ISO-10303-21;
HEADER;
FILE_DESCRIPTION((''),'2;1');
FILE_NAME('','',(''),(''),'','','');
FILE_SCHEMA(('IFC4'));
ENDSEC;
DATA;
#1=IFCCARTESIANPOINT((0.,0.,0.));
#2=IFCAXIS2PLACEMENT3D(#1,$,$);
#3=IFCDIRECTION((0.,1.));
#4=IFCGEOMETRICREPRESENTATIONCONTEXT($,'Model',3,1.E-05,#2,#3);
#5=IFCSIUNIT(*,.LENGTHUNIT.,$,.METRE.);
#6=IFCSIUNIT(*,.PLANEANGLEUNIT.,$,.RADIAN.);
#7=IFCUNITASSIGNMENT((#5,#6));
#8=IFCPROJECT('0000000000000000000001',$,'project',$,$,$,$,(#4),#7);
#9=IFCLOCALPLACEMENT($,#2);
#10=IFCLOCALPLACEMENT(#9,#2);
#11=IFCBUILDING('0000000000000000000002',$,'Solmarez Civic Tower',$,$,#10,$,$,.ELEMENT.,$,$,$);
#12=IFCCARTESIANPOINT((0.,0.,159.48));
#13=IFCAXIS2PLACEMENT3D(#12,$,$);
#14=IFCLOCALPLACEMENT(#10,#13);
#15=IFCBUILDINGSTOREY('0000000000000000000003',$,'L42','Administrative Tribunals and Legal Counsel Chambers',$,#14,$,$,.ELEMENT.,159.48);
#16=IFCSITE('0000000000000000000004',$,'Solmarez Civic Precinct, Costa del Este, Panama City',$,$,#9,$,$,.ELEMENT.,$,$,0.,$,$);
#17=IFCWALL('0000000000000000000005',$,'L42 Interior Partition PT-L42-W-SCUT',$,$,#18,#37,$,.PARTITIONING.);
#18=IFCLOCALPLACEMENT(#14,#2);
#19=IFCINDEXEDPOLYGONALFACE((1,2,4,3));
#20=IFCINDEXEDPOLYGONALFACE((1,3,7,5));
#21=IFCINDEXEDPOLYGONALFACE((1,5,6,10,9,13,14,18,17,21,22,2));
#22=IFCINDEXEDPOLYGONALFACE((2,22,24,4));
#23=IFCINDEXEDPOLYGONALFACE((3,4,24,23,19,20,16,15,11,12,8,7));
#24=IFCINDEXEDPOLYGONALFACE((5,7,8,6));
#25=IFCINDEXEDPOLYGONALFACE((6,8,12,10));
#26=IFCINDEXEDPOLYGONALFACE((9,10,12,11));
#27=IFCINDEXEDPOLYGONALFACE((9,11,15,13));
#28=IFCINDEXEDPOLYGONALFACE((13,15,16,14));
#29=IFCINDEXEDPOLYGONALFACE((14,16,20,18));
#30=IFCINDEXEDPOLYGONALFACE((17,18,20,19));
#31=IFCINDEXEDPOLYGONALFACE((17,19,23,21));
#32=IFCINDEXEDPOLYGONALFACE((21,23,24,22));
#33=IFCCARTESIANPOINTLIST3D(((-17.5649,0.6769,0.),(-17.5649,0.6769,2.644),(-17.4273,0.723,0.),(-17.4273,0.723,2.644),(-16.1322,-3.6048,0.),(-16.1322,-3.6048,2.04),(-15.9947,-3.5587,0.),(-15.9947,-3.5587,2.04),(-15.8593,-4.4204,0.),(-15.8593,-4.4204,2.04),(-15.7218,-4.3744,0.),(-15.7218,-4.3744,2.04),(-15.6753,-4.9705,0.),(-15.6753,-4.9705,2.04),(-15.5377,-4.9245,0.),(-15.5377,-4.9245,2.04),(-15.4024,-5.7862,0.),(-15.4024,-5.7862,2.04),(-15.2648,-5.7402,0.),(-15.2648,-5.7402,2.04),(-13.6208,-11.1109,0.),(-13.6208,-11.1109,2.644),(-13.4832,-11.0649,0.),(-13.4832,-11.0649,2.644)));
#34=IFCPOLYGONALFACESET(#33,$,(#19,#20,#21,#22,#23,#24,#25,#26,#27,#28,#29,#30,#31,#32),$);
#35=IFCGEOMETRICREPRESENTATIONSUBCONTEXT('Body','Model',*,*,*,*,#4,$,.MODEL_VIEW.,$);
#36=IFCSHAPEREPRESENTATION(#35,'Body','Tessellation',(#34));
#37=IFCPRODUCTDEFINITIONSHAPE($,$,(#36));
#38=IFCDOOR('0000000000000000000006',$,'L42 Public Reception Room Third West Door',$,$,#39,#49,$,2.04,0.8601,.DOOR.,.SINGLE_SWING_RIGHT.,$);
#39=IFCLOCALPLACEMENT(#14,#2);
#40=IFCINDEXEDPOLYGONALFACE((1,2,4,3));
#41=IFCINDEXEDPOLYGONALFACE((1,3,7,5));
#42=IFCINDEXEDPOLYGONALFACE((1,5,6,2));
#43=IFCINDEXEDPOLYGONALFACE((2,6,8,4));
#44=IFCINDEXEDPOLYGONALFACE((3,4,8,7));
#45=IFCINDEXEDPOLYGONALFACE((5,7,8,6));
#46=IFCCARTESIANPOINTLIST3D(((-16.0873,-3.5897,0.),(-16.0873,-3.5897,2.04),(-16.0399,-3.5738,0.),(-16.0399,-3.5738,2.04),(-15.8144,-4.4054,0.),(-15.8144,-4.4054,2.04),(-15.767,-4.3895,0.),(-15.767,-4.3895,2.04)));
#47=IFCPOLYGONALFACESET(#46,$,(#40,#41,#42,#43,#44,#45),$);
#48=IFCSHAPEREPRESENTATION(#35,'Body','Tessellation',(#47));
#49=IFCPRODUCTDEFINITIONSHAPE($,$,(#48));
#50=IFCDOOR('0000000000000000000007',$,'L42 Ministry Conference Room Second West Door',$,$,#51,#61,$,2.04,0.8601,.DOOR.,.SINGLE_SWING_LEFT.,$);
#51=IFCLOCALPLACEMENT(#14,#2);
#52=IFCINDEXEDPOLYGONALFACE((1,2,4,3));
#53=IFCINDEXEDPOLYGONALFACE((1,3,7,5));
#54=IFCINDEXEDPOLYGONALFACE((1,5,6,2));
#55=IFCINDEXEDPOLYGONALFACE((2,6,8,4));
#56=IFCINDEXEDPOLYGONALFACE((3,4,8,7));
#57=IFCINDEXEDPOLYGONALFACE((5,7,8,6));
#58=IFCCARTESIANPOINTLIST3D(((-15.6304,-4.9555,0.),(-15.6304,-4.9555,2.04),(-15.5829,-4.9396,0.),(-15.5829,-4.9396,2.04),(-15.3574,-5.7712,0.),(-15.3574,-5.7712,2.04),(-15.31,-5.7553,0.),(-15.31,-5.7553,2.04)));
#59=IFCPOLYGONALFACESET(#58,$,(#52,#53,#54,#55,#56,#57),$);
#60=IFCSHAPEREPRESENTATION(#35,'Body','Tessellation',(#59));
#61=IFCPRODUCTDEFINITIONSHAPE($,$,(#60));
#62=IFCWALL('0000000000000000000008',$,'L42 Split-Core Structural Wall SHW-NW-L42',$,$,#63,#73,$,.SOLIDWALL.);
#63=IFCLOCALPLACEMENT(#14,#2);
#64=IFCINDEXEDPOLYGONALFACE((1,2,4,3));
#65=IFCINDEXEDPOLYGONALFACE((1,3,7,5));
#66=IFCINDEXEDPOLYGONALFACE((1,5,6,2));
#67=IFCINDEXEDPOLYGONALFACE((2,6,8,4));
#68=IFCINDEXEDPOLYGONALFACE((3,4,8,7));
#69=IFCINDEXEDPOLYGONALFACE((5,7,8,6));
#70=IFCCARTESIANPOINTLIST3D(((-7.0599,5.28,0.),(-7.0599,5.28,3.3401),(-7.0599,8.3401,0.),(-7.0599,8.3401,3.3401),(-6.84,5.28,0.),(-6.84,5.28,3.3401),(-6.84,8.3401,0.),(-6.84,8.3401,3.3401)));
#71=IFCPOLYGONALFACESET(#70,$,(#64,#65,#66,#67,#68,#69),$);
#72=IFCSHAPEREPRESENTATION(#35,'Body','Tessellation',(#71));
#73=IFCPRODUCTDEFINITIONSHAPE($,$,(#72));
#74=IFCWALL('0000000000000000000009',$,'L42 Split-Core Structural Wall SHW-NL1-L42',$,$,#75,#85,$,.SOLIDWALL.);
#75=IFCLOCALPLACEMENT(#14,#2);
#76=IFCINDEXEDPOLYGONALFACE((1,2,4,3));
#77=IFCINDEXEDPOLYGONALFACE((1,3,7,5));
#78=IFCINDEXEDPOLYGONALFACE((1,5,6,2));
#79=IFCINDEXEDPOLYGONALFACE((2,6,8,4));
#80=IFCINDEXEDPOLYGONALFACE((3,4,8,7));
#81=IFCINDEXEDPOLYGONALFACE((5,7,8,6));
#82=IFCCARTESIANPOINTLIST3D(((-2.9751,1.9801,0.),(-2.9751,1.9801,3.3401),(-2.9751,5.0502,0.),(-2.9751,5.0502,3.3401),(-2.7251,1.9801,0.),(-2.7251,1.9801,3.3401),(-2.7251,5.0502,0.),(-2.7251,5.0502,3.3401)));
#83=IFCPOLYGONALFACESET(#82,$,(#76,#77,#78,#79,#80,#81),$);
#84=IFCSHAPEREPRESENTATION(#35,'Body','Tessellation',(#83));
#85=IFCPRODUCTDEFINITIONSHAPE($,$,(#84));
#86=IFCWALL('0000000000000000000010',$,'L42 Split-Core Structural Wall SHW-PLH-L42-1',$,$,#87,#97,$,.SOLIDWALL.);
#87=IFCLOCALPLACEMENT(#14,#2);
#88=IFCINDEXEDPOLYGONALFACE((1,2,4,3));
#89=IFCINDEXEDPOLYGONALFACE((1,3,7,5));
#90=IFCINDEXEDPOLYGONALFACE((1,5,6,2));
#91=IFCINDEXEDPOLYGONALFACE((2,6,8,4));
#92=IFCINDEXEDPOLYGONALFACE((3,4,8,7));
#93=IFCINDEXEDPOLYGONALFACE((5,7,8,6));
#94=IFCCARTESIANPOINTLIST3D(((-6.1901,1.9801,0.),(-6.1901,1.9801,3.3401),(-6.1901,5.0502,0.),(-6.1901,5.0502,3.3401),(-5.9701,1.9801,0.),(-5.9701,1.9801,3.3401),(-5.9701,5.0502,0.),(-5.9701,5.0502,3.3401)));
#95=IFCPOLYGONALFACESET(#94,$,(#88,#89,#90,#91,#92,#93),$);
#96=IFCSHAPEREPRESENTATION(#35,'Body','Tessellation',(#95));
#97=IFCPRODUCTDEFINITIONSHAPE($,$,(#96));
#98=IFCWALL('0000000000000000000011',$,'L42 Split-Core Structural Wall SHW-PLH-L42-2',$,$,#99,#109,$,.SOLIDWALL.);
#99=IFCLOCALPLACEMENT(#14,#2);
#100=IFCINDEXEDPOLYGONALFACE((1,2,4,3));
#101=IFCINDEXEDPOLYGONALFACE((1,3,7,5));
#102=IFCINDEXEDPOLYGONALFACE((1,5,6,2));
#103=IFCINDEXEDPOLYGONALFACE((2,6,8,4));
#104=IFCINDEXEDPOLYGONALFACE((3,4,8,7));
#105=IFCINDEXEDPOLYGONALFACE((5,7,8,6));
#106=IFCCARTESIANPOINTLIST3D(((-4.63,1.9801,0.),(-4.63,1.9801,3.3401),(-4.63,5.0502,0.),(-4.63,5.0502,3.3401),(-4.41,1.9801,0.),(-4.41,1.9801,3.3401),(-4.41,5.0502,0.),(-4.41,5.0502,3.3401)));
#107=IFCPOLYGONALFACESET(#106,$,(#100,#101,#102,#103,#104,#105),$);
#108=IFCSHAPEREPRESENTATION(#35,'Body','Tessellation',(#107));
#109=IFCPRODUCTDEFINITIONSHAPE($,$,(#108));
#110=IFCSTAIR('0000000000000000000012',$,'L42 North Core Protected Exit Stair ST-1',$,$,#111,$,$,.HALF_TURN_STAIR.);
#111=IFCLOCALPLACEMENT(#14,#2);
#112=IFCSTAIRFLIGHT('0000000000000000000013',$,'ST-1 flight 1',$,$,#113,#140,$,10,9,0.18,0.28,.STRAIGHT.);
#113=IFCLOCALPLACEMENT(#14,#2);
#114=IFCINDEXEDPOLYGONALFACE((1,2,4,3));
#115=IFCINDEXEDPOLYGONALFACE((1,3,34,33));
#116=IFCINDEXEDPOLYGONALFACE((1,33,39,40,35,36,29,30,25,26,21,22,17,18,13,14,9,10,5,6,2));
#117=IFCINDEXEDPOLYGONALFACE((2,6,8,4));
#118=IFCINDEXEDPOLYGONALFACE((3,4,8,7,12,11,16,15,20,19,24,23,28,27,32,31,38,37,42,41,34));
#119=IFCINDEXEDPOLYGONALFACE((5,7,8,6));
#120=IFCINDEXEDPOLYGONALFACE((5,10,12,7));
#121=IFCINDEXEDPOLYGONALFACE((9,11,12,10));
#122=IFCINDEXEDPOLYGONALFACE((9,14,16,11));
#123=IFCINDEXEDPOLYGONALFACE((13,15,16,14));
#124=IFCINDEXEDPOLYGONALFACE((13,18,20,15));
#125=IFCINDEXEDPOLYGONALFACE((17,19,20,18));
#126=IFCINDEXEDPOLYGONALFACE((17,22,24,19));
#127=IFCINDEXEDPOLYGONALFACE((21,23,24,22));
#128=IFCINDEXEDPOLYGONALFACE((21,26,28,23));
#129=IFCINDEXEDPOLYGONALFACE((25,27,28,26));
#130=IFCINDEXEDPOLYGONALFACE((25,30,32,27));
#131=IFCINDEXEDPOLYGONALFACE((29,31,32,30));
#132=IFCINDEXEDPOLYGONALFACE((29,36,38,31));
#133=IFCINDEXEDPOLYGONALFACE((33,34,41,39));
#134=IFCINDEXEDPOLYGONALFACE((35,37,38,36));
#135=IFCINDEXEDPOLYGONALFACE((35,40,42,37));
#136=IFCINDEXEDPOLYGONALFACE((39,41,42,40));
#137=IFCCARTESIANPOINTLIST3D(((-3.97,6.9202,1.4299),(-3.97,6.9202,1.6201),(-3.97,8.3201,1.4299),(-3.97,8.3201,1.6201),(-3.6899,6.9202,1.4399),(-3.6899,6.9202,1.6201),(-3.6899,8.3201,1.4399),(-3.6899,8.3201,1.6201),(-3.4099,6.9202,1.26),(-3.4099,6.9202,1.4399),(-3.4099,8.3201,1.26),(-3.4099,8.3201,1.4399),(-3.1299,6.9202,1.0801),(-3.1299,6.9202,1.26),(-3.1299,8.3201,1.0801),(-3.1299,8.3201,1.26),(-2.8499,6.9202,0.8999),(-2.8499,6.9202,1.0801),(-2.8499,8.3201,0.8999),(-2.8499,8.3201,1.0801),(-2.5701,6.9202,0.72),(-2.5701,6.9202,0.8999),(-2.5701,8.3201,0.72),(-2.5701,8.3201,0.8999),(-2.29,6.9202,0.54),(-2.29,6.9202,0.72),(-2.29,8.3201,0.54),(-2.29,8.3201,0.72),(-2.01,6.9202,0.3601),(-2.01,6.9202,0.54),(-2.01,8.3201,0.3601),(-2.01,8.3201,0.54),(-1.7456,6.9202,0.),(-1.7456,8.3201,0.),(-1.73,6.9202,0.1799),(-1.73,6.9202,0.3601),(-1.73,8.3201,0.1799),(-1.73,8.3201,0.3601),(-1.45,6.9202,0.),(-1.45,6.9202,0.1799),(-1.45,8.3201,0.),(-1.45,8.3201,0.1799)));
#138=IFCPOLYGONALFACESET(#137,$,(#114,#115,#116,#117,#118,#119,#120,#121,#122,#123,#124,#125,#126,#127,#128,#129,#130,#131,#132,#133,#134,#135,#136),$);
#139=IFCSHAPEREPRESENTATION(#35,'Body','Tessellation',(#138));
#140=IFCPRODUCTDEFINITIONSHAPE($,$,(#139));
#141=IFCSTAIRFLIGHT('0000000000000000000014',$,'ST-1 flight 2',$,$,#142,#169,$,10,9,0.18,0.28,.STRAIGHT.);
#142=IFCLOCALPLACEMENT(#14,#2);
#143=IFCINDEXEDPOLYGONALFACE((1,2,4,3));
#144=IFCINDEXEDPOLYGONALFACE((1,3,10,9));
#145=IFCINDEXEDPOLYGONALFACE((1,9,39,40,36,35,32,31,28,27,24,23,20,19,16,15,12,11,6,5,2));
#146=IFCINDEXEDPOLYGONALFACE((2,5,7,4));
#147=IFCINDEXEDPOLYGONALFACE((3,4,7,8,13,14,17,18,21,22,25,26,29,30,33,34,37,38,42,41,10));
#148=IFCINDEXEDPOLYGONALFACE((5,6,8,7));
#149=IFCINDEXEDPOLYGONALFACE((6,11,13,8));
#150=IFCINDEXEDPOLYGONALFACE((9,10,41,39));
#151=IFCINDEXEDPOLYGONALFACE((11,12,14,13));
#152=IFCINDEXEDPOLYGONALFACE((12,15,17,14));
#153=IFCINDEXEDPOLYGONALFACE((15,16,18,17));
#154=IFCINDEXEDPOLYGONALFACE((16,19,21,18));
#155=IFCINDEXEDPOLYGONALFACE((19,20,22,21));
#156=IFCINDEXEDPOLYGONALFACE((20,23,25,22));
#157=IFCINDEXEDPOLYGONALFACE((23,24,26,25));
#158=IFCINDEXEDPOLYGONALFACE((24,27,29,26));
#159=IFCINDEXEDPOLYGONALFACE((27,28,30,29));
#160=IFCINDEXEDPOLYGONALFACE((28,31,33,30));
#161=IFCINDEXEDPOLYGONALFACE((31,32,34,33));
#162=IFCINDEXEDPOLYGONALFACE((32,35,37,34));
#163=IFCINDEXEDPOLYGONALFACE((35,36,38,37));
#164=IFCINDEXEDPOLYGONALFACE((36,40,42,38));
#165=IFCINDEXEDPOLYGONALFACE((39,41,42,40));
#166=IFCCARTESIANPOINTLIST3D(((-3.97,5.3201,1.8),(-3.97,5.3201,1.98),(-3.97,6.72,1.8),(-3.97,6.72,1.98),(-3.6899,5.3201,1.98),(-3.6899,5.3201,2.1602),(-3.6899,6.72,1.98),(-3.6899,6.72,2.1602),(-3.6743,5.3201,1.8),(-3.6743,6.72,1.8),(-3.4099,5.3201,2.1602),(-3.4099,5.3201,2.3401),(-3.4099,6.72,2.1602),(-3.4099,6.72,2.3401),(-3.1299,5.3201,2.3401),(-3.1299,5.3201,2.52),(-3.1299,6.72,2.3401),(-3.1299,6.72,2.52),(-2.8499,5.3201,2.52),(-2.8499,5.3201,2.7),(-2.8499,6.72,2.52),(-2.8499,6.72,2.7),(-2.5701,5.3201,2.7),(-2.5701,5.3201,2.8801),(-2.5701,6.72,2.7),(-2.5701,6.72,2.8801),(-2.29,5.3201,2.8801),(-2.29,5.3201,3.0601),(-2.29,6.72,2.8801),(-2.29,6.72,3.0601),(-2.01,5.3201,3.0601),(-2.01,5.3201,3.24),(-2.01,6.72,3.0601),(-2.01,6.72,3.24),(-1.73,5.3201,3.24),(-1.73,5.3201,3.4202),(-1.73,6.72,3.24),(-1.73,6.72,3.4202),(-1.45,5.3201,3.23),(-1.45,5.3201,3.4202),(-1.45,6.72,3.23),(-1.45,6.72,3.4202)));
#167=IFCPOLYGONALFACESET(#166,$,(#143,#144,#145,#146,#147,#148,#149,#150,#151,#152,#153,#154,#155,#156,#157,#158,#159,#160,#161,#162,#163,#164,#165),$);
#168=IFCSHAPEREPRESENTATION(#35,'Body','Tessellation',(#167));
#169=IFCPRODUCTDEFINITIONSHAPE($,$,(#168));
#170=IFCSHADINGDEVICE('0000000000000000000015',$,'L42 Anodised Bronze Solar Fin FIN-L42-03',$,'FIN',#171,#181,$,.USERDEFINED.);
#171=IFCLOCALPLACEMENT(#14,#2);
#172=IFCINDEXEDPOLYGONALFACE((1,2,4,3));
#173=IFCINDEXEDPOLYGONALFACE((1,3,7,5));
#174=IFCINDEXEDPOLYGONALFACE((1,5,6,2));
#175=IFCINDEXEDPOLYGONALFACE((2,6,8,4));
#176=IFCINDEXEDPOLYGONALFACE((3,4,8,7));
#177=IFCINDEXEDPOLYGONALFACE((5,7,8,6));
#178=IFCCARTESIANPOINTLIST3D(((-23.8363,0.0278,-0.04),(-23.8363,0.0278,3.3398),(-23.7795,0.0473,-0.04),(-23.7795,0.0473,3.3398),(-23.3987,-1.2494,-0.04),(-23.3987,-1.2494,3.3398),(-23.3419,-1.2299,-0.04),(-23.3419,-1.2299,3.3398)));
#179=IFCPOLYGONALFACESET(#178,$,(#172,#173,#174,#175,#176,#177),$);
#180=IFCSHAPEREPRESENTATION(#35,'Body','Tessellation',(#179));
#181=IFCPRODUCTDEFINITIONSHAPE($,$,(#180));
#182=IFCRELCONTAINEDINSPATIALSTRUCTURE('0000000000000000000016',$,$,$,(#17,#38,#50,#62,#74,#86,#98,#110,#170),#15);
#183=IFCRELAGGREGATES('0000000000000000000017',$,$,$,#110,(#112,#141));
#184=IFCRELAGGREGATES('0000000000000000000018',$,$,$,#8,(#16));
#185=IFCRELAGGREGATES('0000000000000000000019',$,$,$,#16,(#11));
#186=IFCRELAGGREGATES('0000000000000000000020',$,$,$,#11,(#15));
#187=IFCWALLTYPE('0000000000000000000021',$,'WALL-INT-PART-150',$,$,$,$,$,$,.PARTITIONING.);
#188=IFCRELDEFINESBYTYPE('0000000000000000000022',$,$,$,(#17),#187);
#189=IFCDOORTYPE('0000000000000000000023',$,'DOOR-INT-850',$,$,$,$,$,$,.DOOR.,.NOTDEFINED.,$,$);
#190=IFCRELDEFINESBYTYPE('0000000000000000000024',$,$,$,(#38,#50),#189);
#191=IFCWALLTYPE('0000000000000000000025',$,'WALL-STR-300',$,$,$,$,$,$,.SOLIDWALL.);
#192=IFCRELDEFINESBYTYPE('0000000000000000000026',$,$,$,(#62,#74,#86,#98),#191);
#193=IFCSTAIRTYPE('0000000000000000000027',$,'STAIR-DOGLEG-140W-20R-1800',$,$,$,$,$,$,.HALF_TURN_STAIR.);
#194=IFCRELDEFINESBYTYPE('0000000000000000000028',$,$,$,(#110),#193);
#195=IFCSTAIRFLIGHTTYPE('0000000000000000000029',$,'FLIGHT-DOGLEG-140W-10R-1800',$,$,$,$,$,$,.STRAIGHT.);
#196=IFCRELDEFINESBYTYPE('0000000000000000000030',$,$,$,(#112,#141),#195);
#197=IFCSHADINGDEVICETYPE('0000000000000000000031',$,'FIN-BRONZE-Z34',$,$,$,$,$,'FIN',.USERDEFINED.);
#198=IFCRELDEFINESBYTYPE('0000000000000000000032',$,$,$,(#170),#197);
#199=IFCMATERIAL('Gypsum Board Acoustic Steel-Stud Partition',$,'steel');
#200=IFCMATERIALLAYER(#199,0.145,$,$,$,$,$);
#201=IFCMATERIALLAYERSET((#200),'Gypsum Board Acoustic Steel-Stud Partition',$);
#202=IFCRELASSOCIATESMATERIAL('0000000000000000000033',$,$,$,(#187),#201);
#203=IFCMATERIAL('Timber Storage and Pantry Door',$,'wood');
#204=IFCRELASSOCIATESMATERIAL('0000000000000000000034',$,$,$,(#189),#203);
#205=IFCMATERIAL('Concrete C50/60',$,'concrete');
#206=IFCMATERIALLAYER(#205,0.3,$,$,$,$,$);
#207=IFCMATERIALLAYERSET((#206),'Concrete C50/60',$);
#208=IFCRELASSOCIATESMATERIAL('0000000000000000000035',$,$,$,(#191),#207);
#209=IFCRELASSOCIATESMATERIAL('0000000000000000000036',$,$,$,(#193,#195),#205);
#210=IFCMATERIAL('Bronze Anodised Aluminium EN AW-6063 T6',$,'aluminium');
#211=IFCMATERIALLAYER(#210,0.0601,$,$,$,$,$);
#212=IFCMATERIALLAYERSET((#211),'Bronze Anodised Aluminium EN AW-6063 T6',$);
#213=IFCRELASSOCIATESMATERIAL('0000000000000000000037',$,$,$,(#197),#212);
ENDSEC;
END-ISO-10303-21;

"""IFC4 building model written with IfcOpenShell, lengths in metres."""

from ifc_helpers import new_model, si_unit, direction, frame, frame_2d, origin, origin_2d, place, context, subcontext, project, spatial, polyline, rectangle, outline, extrude, material, layer, layer_set, type_object, element, fill, aggregate, save


model = new_model("IFC4")

# Units and contexts
model_context = context("Model", 3, precision=1e-05, world=origin(), true_north=direction((0.0, 1.0)))
body_context = subcontext(model_context, "Body", "Model", "MODEL_VIEW")
ifc_project = project(units=[si_unit("LENGTHUNIT", "METRE"), si_unit("PLANEANGLEUNIT", "RADIAN")], contexts=[model_context])

# Site, building, storey
site_placement = place(None, origin())
site = spatial("IfcSite", under=ifc_project, at=site_placement, Name="Solmarez Civic Precinct, Costa del Este, Panama City", CompositionType="ELEMENT", RefElevation=0.0)
building_placement = place(site_placement, origin())
building = spatial("IfcBuilding", under=site, at=building_placement, Name="Solmarez Civic Tower", CompositionType="ELEMENT")
storey_placement = place(building_placement, frame((0.0, 0.0, 159.48)))
storey = spatial("IfcBuildingStorey", under=building, at=storey_placement, Name="L42", Description="Administrative Tribunals and Legal Counsel Chambers", CompositionType="ELEMENT", Elevation=159.48)

# Shared definitions
ifc_material_1 = material(Name="Concrete C50/60", Category="concrete")

# Shared definitions
ifc_material_2 = material(Name="Gypsum Board Acoustic Steel-Stud Partition", Category="steel")
ifc_layer_1 = layer(ifc_material_2, 0.145)
ifc_layer_set_1 = layer_set([ifc_layer_1], Name="Gypsum Board Acoustic Steel-Stud Partition")
wall_type_1 = type_object("IfcWallType", Name="WALL-INT-PART-150", PredefinedType="PARTITIONING", material=ifc_layer_set_1)

# Wall, openings, doors
wall_1_placement = place(storey_placement, frame((-17.4961, 0.7, 0.0), z_axis=(0.0, 0.0, 1.0), x_axis=(0.3173, -0.948325, 0.0)))
wall_1 = element("IfcWall", 1, at=wall_1_placement, inside=storey, type_object=wall_type_1, Name="L42 Interior Partition PT-L42-W-SCUT", PredefinedType="PARTITIONING", context=body_context, shape_type="SweptSolid", body=[
    extrude(rectangle(XDim=12.4302, YDim=0.145, at=frame_2d((6.2151, 0.0))), origin(), (0.0, 0.0, 1.0), 2.644),
])
opening_1_placement = place(wall_1_placement, frame((4.5149, 0.0, 0.0)))
opening_1 = element("IfcOpeningElement", 2, at=opening_1_placement, cuts=wall_1, PredefinedType="OPENING", context=body_context, shape_type="SweptSolid", body=[
    extrude(rectangle(XDim=0.8601, YDim=2.04, at=frame_2d((0.4302, 1.02))), frame((0.0, 0.0825, 0.0), z_axis=(0.0, -1.0, 0.0), x_axis=(1.0, 0.0, 0.0)), (0.0, 0.0, 1.0), 0.165),
])
opening_2_placement = place(wall_1_placement, frame((5.9551, 0.0, 0.0)))
opening_2 = element("IfcOpeningElement", 3, at=opening_2_placement, cuts=wall_1, PredefinedType="OPENING", context=body_context, shape_type="SweptSolid", body=[
    extrude(rectangle(XDim=0.8601, YDim=2.04, at=frame_2d((0.4302, 1.02))), frame((0.0, 0.0825, 0.0), z_axis=(0.0, -1.0, 0.0), x_axis=(1.0, 0.0, 0.0)), (0.0, 0.0, 1.0), 0.165),
])
ifc_material_3 = material(Name="Timber Storage and Pantry Door", Category="wood")
door_type = type_object("IfcDoorType", Name="DOOR-INT-850", OperationType="NOTDEFINED", PredefinedType="DOOR", material=ifc_material_3)
door_1_placement = place(opening_1_placement, origin())
door_1 = element("IfcDoor", 4, at=door_1_placement, inside=storey, type_object=door_type, Name="L42 Public Reception Room Third West Door", OperationType="SINGLE_SWING_RIGHT", OverallHeight=2.04, OverallWidth=0.8601, PredefinedType="DOOR", context=body_context, shape_type="SweptSolid", body=[
    extrude(rectangle(XDim=0.8601, YDim=2.04, at=frame_2d((0.4302, 1.02))), frame((0.0, 0.0249, 0.0), z_axis=(0.0, -1.0, 0.0), x_axis=(1.0, 0.0, 0.0)), (0.0, 0.0, 1.0), 0.05),
])
fill(opening_1, door_1)
door_2_placement = place(opening_2_placement, origin())
door_2 = element("IfcDoor", 5, at=door_2_placement, inside=storey, type_object=door_type, Name="L42 Ministry Conference Room Second West Door", OperationType="SINGLE_SWING_LEFT", OverallHeight=2.04, OverallWidth=0.8601, PredefinedType="DOOR", context=body_context, shape_type="SweptSolid", body=[
    extrude(rectangle(XDim=0.8601, YDim=2.04, at=frame_2d((0.4302, 1.02))), frame((0.0, 0.0249, 0.0), z_axis=(0.0, -1.0, 0.0), x_axis=(1.0, 0.0, 0.0)), (0.0, 0.0, 1.0), 0.05),
])
fill(opening_2, door_2)

# Walls
ifc_layer_2 = layer(ifc_material_1, 0.3)
ifc_layer_set_2 = layer_set([ifc_layer_2], Name="Concrete C50/60")
wall_type_2 = type_object("IfcWallType", Name="WALL-STR-300", PredefinedType="SOLIDWALL", material=ifc_layer_set_2)
wall_2_placement = place(storey_placement, frame((-6.95, 5.28, 0.0), z_axis=(0.0, 0.0, 1.0), x_axis=(0.0, 1.0, 0.0)))
element("IfcWall", 6, at=wall_2_placement, inside=storey, type_object=wall_type_2, Name="L42 Split-Core Structural Wall SHW-NW-L42", PredefinedType="SOLIDWALL", context=body_context, shape_type="SweptSolid", body=[
    extrude(rectangle(XDim=3.0601, YDim=0.22, at=frame_2d((1.53, 0.0))), origin(), (0.0, 0.0, 1.0), 3.3401),
])
wall_3_placement = place(storey_placement, frame((-2.8501, 1.98, 0.0), z_axis=(0.0, 0.0, 1.0), x_axis=(0.0, 1.0, 0.0)))
element("IfcWall", 7, at=wall_3_placement, inside=storey, type_object=wall_type_2, Name="L42 Split-Core Structural Wall SHW-NL1-L42", PredefinedType="SOLIDWALL", context=body_context, shape_type="SweptSolid", body=[
    extrude(rectangle(XDim=3.0701, YDim=0.25, at=frame_2d((1.5352, 0.0))), origin(), (0.0, 0.0, 1.0), 3.3401),
])
for number, where, z_axis, x_axis, name in (
    (8, (-6.0801, 1.98, 0.0), (0.0, 0.0, 1.0), (0.0, 1.0, 0.0), "L42 Split-Core Structural Wall SHW-PLH-L42-1"),
    (9, (-4.52, 1.98, 0.0), (0.0, 0.0, 1.0), (0.0, 1.0, 0.0), "L42 Split-Core Structural Wall SHW-PLH-L42-2"),
):
    element("IfcWall", number, at=place(storey_placement, frame(where, z_axis=z_axis, x_axis=x_axis)), inside=storey, type_object=wall_type_2, Name=name, PredefinedType="SOLIDWALL", context=body_context, shape_type="SweptSolid", body=[
        extrude(rectangle(XDim=3.0701, YDim=0.22, at=frame_2d((1.5352, 0.0))), origin(), (0.0, 0.0, 1.0), 3.3401),
    ])

# Stair, stair flights
stair_type = type_object("IfcStairType", Name="STAIR-DOGLEG-140W-20R-1800", PredefinedType="HALF_TURN_STAIR", material=ifc_material_1)
stair_placement = place(storey_placement, origin())
stair = element("IfcStair", 10, at=stair_placement, inside=storey, type_object=stair_type, Name="L42 North Core Protected Exit Stair ST-1", PredefinedType="HALF_TURN_STAIR")
stair_flight_type = type_object("IfcStairFlightType", Name="FLIGHT-DOGLEG-140W-10R-1800", PredefinedType="STRAIGHT", material=ifc_material_1)
stair_flight_1_placement = place(storey_placement, frame((-1.45, 7.6201, 0.0), z_axis=(0.0, 0.0, 1.0), x_axis=(-1.0, 0.0, 0.0)))
stair_flight_1 = element("IfcStairFlight", 11, at=stair_flight_1_placement, type_object=stair_flight_type, Name="ST-1 flight 1", NumberOfRisers=10, NumberOfTreads=9, PredefinedType="STRAIGHT", RiserHeight=0.18, TreadLength=0.28, context=body_context, shape_type="SweptSolid", body=[
    extrude(outline(polyline([(0.0, 0.0), (0.0, 0.1799), (0.28, 0.1799), (0.28, 0.3601), (0.5601, 0.3601), (0.5601, 0.54), (0.8401, 0.54), (0.8401, 0.72), (1.1201, 0.72), (1.1201, 0.8999), (1.3999, 0.8999), (1.3999, 1.0801), (1.6799, 1.0801), (1.6799, 1.26), (1.96, 1.26), (1.96, 1.4399), (2.24, 1.4399), (2.24, 1.6201), (2.52, 1.6201), (2.52, 1.8), (2.52, 1.4299), (0.2957, 0.0), (0.0, 0.0)])), frame((0.0, 0.7, 0.0), z_axis=(0.0, -1.0, 0.0), x_axis=(1.0, 0.0, 0.0)), (0.0, 0.0, 1.0), 1.3999),
])
stair_flight_2_placement = place(storey_placement, frame((-3.97, 6.02, 1.8), z_axis=(0.0, 0.0, 1.0), x_axis=(1.0, 0.0, 0.0)))
stair_flight_2 = element("IfcStairFlight", 12, at=stair_flight_2_placement, type_object=stair_flight_type, Name="ST-1 flight 2", NumberOfRisers=10, NumberOfTreads=9, PredefinedType="STRAIGHT", RiserHeight=0.18, TreadLength=0.28, context=body_context, shape_type="SweptSolid", body=[
    extrude(outline(polyline([(0.0, 0.0), (0.0, 0.1799), (0.28, 0.1799), (0.28, 0.3601), (0.5601, 0.3601), (0.5601, 0.54), (0.8401, 0.54), (0.8401, 0.72), (1.1201, 0.72), (1.1201, 0.8999), (1.3999, 0.8999), (1.3999, 1.0801), (1.6799, 1.0801), (1.6799, 1.26), (1.96, 1.26), (1.96, 1.4399), (2.24, 1.4399), (2.24, 1.6201), (2.52, 1.6201), (2.52, 1.8), (2.52, 1.4299), (0.2957, 0.0), (0.0, 0.0)])), frame((0.0, 0.7, 0.0), z_axis=(0.0, -1.0, 0.0), x_axis=(1.0, 0.0, 0.0)), (0.0, 0.0, 1.0), 1.3999),
])
aggregate(stair, [stair_flight_1, stair_flight_2])

# Shading device
ifc_material_4 = material(Name="Bronze Anodised Aluminium EN AW-6063 T6", Category="aluminium")
ifc_layer_3 = layer(ifc_material_4, 0.0601)
ifc_layer_set_3 = layer_set([ifc_layer_3], Name="Bronze Anodised Aluminium EN AW-6063 T6")
shading_device_type = type_object("IfcShadingDeviceType", Name="FIN-BRONZE-Z34", ElementType="FIN", PredefinedType="USERDEFINED", material=ifc_layer_set_3)
shading_device_placement = place(storey_placement, frame((-23.5891, -0.6011, -0.04), z_axis=(0.0, 0.0, 1.0), x_axis=(-0.324149, 0.946006, 0.0)))
element("IfcShadingDevice", 13, at=shading_device_placement, inside=storey, type_object=shading_device_type, Name="L42 Anodised Bronze Solar Fin FIN-L42-03", ObjectType="FIN", PredefinedType="USERDEFINED", context=body_context, shape_type="SweptSolid", body=[
    extrude(rectangle(XDim=1.3501, YDim=0.0601, at=origin_2d()), origin(), (0.0, 0.0, 1.0), 3.3799),
])

save(model, "model.ifc")
